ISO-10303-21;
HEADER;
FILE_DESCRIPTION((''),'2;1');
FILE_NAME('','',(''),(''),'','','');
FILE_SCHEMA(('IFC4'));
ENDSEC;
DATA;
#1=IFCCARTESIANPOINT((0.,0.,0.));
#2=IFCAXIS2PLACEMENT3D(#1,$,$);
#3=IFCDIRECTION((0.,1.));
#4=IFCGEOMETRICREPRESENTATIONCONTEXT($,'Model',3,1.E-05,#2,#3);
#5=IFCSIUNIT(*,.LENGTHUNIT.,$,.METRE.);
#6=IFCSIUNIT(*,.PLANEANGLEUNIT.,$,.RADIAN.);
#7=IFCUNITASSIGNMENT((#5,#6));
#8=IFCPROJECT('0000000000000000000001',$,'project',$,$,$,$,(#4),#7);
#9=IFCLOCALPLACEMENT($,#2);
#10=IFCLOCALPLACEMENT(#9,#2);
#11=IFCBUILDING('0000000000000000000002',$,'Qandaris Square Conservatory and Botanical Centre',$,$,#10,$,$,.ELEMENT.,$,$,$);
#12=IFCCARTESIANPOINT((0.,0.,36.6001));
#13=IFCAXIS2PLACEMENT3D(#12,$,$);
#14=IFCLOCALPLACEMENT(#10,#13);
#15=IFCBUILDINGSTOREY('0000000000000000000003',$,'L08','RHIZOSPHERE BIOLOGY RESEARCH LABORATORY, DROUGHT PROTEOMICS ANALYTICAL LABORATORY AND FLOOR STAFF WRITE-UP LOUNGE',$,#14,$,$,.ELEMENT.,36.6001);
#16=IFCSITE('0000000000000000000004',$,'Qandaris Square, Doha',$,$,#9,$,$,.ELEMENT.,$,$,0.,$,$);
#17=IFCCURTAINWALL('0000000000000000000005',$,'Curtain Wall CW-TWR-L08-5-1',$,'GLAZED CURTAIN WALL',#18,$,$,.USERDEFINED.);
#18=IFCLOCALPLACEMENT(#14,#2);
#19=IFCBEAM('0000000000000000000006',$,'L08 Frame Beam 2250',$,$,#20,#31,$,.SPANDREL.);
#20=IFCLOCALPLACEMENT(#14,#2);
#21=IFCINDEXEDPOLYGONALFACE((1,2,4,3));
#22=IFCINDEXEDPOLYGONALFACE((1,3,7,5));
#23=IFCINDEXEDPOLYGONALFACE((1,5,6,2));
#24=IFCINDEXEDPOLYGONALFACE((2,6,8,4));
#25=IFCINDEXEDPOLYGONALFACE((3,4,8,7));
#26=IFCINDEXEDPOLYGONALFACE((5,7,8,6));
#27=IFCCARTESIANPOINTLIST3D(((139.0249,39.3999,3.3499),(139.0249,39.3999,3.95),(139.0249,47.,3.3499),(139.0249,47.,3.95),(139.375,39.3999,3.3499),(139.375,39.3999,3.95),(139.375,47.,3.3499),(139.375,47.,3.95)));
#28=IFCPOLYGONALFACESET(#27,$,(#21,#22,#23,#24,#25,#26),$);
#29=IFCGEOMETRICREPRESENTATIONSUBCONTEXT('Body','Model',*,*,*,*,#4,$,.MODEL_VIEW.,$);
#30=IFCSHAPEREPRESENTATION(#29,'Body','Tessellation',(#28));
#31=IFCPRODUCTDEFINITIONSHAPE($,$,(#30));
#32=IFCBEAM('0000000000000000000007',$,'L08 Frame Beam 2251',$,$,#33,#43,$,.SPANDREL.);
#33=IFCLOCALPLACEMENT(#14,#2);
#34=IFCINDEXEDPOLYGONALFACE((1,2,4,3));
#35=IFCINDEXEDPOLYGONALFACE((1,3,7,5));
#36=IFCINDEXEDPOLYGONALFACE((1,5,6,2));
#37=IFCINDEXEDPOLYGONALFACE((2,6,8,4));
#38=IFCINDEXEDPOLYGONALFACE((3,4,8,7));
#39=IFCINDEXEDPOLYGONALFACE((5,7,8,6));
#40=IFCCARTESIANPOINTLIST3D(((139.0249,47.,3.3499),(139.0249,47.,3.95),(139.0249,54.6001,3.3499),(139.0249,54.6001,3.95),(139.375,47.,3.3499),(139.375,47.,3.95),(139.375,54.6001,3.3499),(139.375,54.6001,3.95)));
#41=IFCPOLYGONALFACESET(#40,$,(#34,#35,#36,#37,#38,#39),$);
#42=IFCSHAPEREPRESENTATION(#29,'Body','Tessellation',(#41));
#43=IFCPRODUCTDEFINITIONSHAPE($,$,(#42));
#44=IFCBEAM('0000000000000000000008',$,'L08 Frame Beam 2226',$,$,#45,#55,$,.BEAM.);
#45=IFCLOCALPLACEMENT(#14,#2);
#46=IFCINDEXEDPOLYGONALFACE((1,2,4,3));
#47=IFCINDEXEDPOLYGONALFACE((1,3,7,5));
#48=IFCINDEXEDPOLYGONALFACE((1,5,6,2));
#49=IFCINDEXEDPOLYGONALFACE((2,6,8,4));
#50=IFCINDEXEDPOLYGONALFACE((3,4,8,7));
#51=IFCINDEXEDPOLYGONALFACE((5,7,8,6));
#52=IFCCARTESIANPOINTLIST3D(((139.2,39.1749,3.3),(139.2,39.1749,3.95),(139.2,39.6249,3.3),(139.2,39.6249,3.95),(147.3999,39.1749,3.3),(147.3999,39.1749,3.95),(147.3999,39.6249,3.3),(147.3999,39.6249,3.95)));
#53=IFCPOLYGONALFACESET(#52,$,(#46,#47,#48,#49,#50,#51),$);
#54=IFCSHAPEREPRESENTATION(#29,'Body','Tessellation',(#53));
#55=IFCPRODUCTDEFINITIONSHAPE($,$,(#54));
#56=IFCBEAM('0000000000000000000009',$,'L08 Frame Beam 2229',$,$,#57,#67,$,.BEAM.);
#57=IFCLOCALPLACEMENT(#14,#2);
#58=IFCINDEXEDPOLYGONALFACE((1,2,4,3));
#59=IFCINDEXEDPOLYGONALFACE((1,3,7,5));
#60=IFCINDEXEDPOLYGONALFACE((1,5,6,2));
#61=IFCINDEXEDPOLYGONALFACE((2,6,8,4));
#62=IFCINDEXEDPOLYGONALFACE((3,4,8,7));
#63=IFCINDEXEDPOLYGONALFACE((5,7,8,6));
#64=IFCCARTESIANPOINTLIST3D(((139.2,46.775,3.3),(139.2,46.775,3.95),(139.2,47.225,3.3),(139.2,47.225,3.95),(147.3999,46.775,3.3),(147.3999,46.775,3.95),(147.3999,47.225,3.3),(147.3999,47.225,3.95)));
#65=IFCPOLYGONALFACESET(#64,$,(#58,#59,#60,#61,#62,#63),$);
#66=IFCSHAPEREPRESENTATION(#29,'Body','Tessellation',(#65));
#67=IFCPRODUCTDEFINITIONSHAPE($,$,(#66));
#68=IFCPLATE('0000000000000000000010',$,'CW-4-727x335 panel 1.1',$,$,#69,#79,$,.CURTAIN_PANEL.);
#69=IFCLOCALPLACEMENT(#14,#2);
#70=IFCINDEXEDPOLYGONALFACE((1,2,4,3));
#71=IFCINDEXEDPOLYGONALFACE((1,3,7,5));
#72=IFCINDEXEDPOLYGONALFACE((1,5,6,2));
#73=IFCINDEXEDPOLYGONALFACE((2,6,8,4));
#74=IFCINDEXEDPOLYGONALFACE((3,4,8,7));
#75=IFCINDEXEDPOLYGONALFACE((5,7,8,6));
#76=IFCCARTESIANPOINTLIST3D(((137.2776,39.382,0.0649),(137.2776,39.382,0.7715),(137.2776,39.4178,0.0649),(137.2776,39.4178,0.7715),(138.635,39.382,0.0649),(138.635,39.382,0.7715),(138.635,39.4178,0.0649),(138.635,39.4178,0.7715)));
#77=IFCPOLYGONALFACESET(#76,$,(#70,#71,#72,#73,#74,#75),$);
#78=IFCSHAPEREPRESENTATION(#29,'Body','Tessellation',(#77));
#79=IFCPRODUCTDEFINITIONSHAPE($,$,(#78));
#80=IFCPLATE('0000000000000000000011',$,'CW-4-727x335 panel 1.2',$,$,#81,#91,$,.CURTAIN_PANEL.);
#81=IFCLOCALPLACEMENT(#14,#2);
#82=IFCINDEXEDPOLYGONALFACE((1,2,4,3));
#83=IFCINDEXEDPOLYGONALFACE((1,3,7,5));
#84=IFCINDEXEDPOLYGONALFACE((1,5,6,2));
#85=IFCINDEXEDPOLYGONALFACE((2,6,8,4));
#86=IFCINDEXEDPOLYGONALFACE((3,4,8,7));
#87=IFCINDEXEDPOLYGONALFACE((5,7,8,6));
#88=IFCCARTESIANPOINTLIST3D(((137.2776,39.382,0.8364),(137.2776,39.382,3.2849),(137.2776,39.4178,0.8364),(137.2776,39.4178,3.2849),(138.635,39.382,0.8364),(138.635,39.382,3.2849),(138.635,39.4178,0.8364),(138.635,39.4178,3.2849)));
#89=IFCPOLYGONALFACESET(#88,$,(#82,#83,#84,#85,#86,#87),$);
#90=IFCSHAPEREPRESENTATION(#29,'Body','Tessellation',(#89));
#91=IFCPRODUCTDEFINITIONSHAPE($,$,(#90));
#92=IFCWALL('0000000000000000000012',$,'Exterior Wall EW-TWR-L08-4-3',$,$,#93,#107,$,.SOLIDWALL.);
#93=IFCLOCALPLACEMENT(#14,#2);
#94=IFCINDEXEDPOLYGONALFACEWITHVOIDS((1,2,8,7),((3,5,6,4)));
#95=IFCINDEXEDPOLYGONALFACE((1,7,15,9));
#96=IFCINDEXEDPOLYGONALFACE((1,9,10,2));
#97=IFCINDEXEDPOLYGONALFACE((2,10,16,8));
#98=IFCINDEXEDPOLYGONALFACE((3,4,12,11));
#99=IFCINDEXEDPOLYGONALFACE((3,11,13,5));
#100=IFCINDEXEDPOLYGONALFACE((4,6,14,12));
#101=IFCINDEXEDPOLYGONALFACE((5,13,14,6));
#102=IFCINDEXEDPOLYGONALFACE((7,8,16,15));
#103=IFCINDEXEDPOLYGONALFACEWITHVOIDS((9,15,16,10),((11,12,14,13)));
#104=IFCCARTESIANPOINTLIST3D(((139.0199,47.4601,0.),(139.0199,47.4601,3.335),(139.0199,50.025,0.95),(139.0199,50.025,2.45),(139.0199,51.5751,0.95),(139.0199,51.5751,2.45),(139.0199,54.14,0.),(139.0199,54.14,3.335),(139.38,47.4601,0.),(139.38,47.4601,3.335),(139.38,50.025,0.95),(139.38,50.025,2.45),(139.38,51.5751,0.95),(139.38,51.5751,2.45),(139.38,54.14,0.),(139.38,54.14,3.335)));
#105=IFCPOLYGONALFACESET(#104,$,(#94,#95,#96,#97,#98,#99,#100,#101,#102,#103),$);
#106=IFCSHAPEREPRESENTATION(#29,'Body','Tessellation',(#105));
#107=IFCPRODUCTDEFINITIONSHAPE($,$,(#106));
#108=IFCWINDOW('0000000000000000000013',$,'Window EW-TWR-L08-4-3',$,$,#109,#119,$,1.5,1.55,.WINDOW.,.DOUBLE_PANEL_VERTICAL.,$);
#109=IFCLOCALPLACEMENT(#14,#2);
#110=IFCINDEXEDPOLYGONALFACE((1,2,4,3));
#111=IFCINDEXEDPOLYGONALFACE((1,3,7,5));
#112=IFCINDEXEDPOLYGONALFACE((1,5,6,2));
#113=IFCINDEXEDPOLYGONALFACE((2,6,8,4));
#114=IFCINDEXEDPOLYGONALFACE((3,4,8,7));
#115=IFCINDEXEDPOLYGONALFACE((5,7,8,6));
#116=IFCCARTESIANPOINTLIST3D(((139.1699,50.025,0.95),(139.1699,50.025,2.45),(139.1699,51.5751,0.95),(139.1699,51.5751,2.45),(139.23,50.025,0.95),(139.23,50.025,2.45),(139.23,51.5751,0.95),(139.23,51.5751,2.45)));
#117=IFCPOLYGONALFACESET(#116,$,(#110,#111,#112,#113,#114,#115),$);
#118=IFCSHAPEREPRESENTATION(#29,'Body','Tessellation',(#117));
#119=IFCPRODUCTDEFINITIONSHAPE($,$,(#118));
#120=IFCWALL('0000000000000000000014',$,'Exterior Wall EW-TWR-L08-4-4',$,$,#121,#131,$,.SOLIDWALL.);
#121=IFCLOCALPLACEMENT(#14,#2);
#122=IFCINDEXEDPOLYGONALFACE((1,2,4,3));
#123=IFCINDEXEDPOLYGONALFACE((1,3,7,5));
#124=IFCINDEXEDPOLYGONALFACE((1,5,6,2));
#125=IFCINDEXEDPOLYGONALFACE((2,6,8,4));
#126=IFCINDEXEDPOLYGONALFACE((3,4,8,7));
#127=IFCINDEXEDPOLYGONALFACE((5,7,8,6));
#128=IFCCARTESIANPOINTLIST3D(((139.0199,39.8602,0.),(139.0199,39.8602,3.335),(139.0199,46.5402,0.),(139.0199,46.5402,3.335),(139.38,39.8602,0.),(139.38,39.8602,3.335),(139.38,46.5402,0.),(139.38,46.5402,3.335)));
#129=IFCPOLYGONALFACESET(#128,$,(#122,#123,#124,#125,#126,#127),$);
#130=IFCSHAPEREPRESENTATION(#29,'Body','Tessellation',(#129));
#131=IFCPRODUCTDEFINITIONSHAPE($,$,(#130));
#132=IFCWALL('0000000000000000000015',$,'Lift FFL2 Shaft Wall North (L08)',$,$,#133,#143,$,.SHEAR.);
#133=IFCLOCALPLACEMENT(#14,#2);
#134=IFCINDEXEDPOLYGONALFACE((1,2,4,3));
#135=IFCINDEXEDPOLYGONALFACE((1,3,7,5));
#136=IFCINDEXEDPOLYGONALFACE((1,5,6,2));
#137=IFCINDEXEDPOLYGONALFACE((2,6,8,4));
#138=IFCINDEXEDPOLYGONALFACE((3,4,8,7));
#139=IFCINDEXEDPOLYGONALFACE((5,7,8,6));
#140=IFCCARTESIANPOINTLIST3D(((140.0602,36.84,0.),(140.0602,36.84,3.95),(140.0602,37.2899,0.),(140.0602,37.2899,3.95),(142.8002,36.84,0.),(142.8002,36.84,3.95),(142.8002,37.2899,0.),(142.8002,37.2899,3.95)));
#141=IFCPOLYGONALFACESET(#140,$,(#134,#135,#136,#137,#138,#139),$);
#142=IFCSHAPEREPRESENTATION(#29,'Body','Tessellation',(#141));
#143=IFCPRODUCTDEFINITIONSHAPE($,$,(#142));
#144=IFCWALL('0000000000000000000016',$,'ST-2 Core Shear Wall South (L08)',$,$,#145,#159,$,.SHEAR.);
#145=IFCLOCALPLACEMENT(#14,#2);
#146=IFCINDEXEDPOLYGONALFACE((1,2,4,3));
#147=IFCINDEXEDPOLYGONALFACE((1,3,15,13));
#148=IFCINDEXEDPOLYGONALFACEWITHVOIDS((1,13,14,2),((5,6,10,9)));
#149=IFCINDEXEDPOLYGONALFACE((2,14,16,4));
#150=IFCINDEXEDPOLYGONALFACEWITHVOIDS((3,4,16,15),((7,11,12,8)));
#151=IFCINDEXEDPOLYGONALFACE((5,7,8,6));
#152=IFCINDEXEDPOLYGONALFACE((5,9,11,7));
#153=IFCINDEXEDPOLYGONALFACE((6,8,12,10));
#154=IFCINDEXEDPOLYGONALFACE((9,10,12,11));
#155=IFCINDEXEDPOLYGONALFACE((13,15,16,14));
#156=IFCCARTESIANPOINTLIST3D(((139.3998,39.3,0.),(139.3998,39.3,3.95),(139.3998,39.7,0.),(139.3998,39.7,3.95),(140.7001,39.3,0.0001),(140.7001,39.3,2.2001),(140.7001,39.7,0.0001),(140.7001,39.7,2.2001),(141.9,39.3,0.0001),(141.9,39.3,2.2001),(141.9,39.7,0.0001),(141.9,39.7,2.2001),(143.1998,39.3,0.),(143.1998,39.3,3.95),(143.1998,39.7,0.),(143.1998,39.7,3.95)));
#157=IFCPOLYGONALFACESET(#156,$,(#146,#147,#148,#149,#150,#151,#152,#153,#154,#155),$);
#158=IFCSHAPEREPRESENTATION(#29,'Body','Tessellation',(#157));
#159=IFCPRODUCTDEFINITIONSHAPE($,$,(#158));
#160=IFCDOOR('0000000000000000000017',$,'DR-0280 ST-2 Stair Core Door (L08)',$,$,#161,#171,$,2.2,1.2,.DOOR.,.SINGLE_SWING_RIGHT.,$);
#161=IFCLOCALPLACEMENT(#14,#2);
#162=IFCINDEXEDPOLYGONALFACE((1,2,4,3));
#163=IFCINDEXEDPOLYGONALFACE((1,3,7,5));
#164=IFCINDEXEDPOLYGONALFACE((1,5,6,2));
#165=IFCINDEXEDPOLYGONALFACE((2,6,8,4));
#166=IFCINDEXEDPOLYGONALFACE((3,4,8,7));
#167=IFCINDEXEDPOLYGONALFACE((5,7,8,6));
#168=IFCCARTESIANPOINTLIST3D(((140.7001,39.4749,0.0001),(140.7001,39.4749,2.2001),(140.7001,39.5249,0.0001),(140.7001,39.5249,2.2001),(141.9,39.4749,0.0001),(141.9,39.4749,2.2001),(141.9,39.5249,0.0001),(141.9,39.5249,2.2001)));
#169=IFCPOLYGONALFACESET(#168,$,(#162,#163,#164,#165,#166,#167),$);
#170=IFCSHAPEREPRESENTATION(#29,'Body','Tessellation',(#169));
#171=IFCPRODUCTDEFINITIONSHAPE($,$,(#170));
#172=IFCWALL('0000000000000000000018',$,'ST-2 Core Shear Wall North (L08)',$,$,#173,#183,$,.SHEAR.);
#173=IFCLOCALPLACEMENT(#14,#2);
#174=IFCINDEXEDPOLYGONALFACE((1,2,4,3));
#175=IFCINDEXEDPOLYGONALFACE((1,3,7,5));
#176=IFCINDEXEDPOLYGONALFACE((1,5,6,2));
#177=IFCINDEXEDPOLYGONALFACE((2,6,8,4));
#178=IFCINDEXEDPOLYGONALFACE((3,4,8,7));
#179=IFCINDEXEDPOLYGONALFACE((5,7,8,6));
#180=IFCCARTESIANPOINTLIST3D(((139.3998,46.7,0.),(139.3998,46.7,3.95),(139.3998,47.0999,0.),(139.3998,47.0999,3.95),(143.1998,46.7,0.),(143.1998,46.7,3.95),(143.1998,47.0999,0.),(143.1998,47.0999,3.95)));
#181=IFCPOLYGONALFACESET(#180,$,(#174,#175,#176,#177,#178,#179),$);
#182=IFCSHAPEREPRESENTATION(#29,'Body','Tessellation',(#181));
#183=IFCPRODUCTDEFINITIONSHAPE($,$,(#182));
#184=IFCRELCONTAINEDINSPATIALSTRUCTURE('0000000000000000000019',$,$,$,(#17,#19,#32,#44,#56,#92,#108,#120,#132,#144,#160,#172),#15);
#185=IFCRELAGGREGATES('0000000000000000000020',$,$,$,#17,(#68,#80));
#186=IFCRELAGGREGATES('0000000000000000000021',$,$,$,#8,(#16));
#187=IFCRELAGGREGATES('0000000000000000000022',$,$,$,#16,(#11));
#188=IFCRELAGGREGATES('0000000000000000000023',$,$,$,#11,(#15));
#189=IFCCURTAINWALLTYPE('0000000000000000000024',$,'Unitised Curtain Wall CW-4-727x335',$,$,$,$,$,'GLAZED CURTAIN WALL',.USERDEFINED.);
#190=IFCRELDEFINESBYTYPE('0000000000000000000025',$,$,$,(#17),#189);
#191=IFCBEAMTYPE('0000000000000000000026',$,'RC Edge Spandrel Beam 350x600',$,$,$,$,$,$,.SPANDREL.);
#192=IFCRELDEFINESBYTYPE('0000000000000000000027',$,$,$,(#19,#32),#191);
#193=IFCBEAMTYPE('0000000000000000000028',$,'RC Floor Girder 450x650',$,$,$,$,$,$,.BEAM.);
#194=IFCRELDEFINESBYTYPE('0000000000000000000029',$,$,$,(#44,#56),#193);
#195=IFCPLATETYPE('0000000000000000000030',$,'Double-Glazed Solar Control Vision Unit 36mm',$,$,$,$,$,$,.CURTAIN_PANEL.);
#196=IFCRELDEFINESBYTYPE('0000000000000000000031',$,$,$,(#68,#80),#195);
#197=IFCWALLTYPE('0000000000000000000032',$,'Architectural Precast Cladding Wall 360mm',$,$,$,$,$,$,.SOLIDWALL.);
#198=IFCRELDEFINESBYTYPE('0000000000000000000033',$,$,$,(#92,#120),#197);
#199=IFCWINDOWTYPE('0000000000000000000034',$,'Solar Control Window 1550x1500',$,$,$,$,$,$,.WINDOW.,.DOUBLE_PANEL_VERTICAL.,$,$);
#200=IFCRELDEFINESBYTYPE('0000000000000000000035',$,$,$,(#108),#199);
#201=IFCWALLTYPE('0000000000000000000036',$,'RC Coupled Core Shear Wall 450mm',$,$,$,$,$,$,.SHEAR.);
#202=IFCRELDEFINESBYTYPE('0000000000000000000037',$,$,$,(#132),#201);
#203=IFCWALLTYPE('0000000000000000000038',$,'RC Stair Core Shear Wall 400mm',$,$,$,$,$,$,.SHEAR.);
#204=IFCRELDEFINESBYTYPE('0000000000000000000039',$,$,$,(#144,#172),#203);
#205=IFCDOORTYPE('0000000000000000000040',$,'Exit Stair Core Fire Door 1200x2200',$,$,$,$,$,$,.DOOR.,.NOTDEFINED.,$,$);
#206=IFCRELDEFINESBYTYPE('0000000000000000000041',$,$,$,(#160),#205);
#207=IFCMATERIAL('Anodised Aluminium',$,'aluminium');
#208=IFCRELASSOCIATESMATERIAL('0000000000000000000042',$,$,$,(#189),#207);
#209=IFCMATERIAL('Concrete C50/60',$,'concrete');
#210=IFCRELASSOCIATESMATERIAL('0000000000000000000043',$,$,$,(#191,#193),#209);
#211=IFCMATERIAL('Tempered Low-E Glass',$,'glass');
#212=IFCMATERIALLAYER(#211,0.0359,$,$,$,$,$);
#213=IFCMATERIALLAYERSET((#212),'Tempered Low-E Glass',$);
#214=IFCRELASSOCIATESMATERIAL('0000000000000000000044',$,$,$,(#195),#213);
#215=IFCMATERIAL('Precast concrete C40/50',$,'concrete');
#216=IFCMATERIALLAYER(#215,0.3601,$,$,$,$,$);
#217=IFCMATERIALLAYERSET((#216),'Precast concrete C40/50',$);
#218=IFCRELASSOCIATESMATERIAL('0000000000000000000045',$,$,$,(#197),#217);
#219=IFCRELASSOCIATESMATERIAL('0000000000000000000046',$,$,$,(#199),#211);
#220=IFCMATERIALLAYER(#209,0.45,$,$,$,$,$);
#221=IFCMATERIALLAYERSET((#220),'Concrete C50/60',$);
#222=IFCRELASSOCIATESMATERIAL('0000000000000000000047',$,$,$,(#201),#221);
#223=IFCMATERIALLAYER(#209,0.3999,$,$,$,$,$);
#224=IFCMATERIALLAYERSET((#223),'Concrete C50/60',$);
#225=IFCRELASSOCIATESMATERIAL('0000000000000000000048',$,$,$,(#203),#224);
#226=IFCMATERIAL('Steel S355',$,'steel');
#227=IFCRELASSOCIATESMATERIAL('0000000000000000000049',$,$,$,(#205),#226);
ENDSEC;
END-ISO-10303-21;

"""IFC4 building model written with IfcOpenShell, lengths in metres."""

from ifc_helpers import new_model, si_unit, direction, frame, frame_2d, origin, origin_2d, place, context, subcontext, project, spatial, rectangle, extrude, material, layer, layer_set, material_profile, profile_set, type_object, element, fill, aggregate, save


model = new_model("IFC4")

# Units and contexts
model_context = context("Model", 3, precision=1e-05, world=origin(), true_north=direction((0.0, 1.0)))
body_context = subcontext(model_context, "Body", "Model", "MODEL_VIEW")
ifc_project = project(units=[si_unit("LENGTHUNIT", "METRE"), si_unit("PLANEANGLEUNIT", "RADIAN")], contexts=[model_context])

# Site, building, storey
site_placement = place(None, origin())
site = spatial("IfcSite", under=ifc_project, at=site_placement, Name="Qandaris Square, Doha", CompositionType="ELEMENT", RefElevation=0.0)
building_placement = place(site_placement, origin())
building = spatial("IfcBuilding", under=site, at=building_placement, Name="Qandaris Square Conservatory and Botanical Centre", CompositionType="ELEMENT")
storey_placement = place(building_placement, frame((0.0, 0.0, 36.6001)))
storey = spatial("IfcBuildingStorey", under=building, at=storey_placement, Name="L08", Description="RHIZOSPHERE BIOLOGY RESEARCH LABORATORY, DROUGHT PROTEOMICS ANALYTICAL LABORATORY AND FLOOR STAFF WRITE-UP LOUNGE", CompositionType="ELEMENT", Elevation=36.6001)

# Shared definitions
ifc_material_1 = material(Name="Concrete C50/60", Category="concrete")

# Shared definitions
ifc_material_2 = material(Name="Steel S355", Category="steel")

# Curtain wall
ifc_material_3 = material(Name="Anodised Aluminium", Category="aluminium")
curtain_wall_type = type_object("IfcCurtainWallType", Name="Unitised Curtain Wall CW-4-727x335", ElementType="GLAZED CURTAIN WALL", PredefinedType="USERDEFINED", material=ifc_material_3)
curtain_wall_placement = place(storey_placement, origin())
curtain_wall = element("IfcCurtainWall", 1, at=curtain_wall_placement, inside=storey, type_object=curtain_wall_type, Name="Curtain Wall CW-TWR-L08-5-1", ObjectType="GLAZED CURTAIN WALL", PredefinedType="USERDEFINED")

# Beams
ifc_material_profile_1 = material_profile(ifc_material_1, rectangle(XDim=0.3501, YDim=0.6001, at=origin_2d()), Name="RC-SP 350x600")
ifc_profile_set_1 = profile_set([ifc_material_profile_1], Name="Concrete C50/60")
beam_type_1 = type_object("IfcBeamType", Name="RC Edge Spandrel Beam 350x600", PredefinedType="SPANDREL", material=ifc_profile_set_1)
for number, where, z_axis, x_axis, name in (
    (2, (139.2, 39.3999, 3.6499), (0.0, 1.0, 0.0), (-1.0, 0.0, 0.0), "L08 Frame Beam 2250"),
    (3, (139.2, 47.0, 3.6499), (0.0, 1.0, 0.0), (-1.0, 0.0, 0.0), "L08 Frame Beam 2251"),
):
    element("IfcBeam", number, at=place(storey_placement, frame(where, z_axis=z_axis, x_axis=x_axis)), inside=storey, type_object=beam_type_1, Name=name, PredefinedType="SPANDREL", context=body_context, shape_type="SweptSolid", body=[
        extrude(rectangle(XDim=0.3501, YDim=0.6001, at=origin_2d()), origin(), (0.0, 0.0, 1.0), 7.6001),
    ])
ifc_material_profile_2 = material_profile(ifc_material_1, rectangle(XDim=0.45, YDim=0.6499, at=origin_2d()), Name="RC-BM 450x650")
ifc_profile_set_2 = profile_set([ifc_material_profile_2], Name="Concrete C50/60")
beam_type_2 = type_object("IfcBeamType", Name="RC Floor Girder 450x650", PredefinedType="BEAM", material=ifc_profile_set_2)
for number, where, z_axis, x_axis, name in (
    (4, (139.2, 39.3999, 3.625), (1.0, 0.0, 0.0), (0.0, 1.0, 0.0), "L08 Frame Beam 2226"),
    (5, (139.2, 47.0, 3.625), (1.0, 0.0, 0.0), (0.0, 1.0, 0.0), "L08 Frame Beam 2229"),
):
    element("IfcBeam", number, at=place(storey_placement, frame(where, z_axis=z_axis, x_axis=x_axis)), inside=storey, type_object=beam_type_2, Name=name, PredefinedType="BEAM", context=body_context, shape_type="SweptSolid", body=[
        extrude(rectangle(XDim=0.45, YDim=0.6499, at=origin_2d()), origin(), (0.0, 0.0, 1.0), 8.2),
    ])

# Plates
ifc_material_4 = material(Name="Tempered Low-E Glass", Category="glass")
ifc_layer_1 = layer(ifc_material_4, 0.0359)
ifc_layer_set_1 = layer_set([ifc_layer_1], Name="Tempered Low-E Glass")
plate_type = type_object("IfcPlateType", Name="Double-Glazed Solar Control Vision Unit 36mm", PredefinedType="CURTAIN_PANEL", material=ifc_layer_set_1)
plate_1_placement = place(storey_placement, frame((137.9563, 39.3999, 0.0649), z_axis=(0.0, 0.0, 1.0), x_axis=(-1.0, 0.0, 0.0)))
plate_1 = element("IfcPlate", 6, at=plate_1_placement, type_object=plate_type, Name="CW-4-727x335 panel 1.1", PredefinedType="CURTAIN_PANEL", context=body_context, shape_type="SweptSolid", body=[
    extrude(rectangle(XDim=1.3574, YDim=0.0359, at=origin_2d()), origin(), (0.0, 0.0, 1.0), 0.7065),
])
plate_2_placement = place(storey_placement, frame((137.9563, 39.3999, 0.8364), z_axis=(0.0, 0.0, 1.0), x_axis=(-1.0, 0.0, 0.0)))
plate_2 = element("IfcPlate", 7, at=plate_2_placement, type_object=plate_type, Name="CW-4-727x335 panel 1.2", PredefinedType="CURTAIN_PANEL", context=body_context, shape_type="SweptSolid", body=[
    extrude(rectangle(XDim=1.3574, YDim=0.0359, at=origin_2d()), origin(), (0.0, 0.0, 1.0), 2.4485),
])
aggregate(curtain_wall, [plate_1, plate_2])

# Wall, opening, window
ifc_material_5 = material(Name="Precast concrete C40/50", Category="concrete")
ifc_layer_2 = layer(ifc_material_5, 0.3601)
ifc_layer_set_2 = layer_set([ifc_layer_2], Name="Precast concrete C40/50")
wall_type_1 = type_object("IfcWallType", Name="Architectural Precast Cladding Wall 360mm", PredefinedType="SOLIDWALL", material=ifc_layer_set_2)
wall_1_placement = place(storey_placement, frame((139.2, 54.1399, 0.0), z_axis=(0.0, 0.0, 1.0), x_axis=(0.0, -1.0, 0.0)))
wall_1 = element("IfcWall", 8, at=wall_1_placement, inside=storey, type_object=wall_type_1, Name="Exterior Wall EW-TWR-L08-4-3", PredefinedType="SOLIDWALL", context=body_context, shape_type="SweptSolid", body=[
    extrude(rectangle(XDim=6.6799, YDim=0.3601, at=frame_2d((3.3398, 0.0))), origin(), (0.0, 0.0, 1.0), 3.335),
])
opening_1_placement = place(wall_1_placement, frame((2.5649, 0.0, 0.95)))
opening_1 = element("IfcOpeningElement", 9, at=opening_1_placement, cuts=wall_1, PredefinedType="OPENING", context=body_context, shape_type="SweptSolid", body=[
    extrude(rectangle(XDim=1.55, YDim=1.5, at=frame_2d((0.7749, 0.75))), frame((0.0, 0.1919, 0.0), z_axis=(0.0, -1.0, 0.0), x_axis=(1.0, 0.0, 0.0)), (0.0, 0.0, 1.0), 0.384),
])
window_type = type_object("IfcWindowType", Name="Solar Control Window 1550x1500", PartitioningType="DOUBLE_PANEL_VERTICAL", PredefinedType="WINDOW", material=ifc_material_4)
window_placement = place(opening_1_placement, origin())
window = element("IfcWindow", 10, at=window_placement, inside=storey, type_object=window_type, Name="Window EW-TWR-L08-4-3", OverallHeight=1.5, OverallWidth=1.55, PartitioningType="DOUBLE_PANEL_VERTICAL", PredefinedType="WINDOW", context=body_context, shape_type="SweptSolid", body=[
    extrude(rectangle(XDim=1.55, YDim=1.5, at=frame_2d((0.7749, 0.75))), frame((0.0, 0.03, 0.0), z_axis=(0.0, -1.0, 0.0), x_axis=(1.0, 0.0, 0.0)), (0.0, 0.0, 1.0), 0.0601),
])
fill(opening_1, window)

# Walls
wall_2_placement = place(storey_placement, frame((139.2, 46.54, 0.0), z_axis=(0.0, 0.0, 1.0), x_axis=(0.0, -1.0, 0.0)))
element("IfcWall", 11, at=wall_2_placement, inside=storey, type_object=wall_type_1, Name="Exterior Wall EW-TWR-L08-4-4", PredefinedType="SOLIDWALL", context=body_context, shape_type="SweptSolid", body=[
    extrude(rectangle(XDim=6.6799, YDim=0.3601, at=frame_2d((3.3398, 0.0))), origin(), (0.0, 0.0, 1.0), 3.335),
])
ifc_layer_3 = layer(ifc_material_1, 0.45)
ifc_layer_set_3 = layer_set([ifc_layer_3], Name="Concrete C50/60")
wall_type_2 = type_object("IfcWallType", Name="RC Coupled Core Shear Wall 450mm", PredefinedType="SHEAR", material=ifc_layer_set_3)
wall_3_placement = place(storey_placement, frame((140.0601, 37.0649, 0.0), z_axis=(0.0, 0.0, 1.0), x_axis=(1.0, 0.0, 0.0)))
element("IfcWall", 12, at=wall_3_placement, inside=storey, type_object=wall_type_2, Name="Lift FFL2 Shaft Wall North (L08)", PredefinedType="SHEAR", context=body_context, shape_type="SweptSolid", body=[
    extrude(rectangle(XDim=2.74, YDim=0.45, at=frame_2d((1.3701, 0.0))), origin(), (0.0, 0.0, 1.0), 3.95),
])

# Wall, opening, door
ifc_layer_4 = layer(ifc_material_1, 0.3999)
ifc_layer_set_4 = layer_set([ifc_layer_4], Name="Concrete C50/60")
wall_type_3 = type_object("IfcWallType", Name="RC Stair Core Shear Wall 400mm", PredefinedType="SHEAR", material=ifc_layer_set_4)
wall_4_placement = place(storey_placement, frame((139.3999, 39.5, 0.0), z_axis=(0.0, 0.0, 1.0), x_axis=(1.0, 0.0, 0.0)))
wall_4 = element("IfcWall", 13, at=wall_4_placement, inside=storey, type_object=wall_type_3, Name="ST-2 Core Shear Wall South (L08)", PredefinedType="SHEAR", context=body_context, shape_type="SweptSolid", body=[
    extrude(rectangle(XDim=3.8, YDim=0.3999, at=frame_2d((1.8999, 0.0))), origin(), (0.0, 0.0, 1.0), 3.95),
])
opening_2_placement = place(wall_4_placement, frame((1.3, 0.0, 0.0)))
opening_2 = element("IfcOpeningElement", 14, at=opening_2_placement, cuts=wall_4, PredefinedType="OPENING", context=body_context, shape_type="SweptSolid", body=[
    extrude(rectangle(XDim=1.2, YDim=2.2, at=frame_2d((0.6001, 1.1001))), frame((0.0, 0.2119, 0.0), z_axis=(0.0, -1.0, 0.0), x_axis=(1.0, 0.0, 0.0)), (0.0, 0.0, 1.0), 0.4238),
])
door_type = type_object("IfcDoorType", Name="Exit Stair Core Fire Door 1200x2200", OperationType="NOTDEFINED", PredefinedType="DOOR", material=ifc_material_2)
door_placement = place(opening_2_placement, origin())
door = element("IfcDoor", 15, at=door_placement, inside=storey, type_object=door_type, Name="DR-0280 ST-2 Stair Core Door (L08)", OperationType="SINGLE_SWING_RIGHT", OverallHeight=2.2, OverallWidth=1.2, PredefinedType="DOOR", context=body_context, shape_type="SweptSolid", body=[
    extrude(rectangle(XDim=1.2, YDim=2.2, at=frame_2d((0.6001, 1.1001))), frame((0.0, 0.0249, 0.0), z_axis=(0.0, -1.0, 0.0), x_axis=(1.0, 0.0, 0.0)), (0.0, 0.0, 1.0), 0.05),
])
fill(opening_2, door)

# Wall
wall_5_placement = place(storey_placement, frame((139.3999, 46.8999, 0.0), z_axis=(0.0, 0.0, 1.0), x_axis=(1.0, 0.0, 0.0)))
element("IfcWall", 16, at=wall_5_placement, inside=storey, type_object=wall_type_3, Name="ST-2 Core Shear Wall North (L08)", PredefinedType="SHEAR", context=body_context, shape_type="SweptSolid", body=[
    extrude(rectangle(XDim=3.8, YDim=0.3999, at=frame_2d((1.8999, 0.0))), origin(), (0.0, 0.0, 1.0), 3.95),
])

save(model, "model.ifc")
